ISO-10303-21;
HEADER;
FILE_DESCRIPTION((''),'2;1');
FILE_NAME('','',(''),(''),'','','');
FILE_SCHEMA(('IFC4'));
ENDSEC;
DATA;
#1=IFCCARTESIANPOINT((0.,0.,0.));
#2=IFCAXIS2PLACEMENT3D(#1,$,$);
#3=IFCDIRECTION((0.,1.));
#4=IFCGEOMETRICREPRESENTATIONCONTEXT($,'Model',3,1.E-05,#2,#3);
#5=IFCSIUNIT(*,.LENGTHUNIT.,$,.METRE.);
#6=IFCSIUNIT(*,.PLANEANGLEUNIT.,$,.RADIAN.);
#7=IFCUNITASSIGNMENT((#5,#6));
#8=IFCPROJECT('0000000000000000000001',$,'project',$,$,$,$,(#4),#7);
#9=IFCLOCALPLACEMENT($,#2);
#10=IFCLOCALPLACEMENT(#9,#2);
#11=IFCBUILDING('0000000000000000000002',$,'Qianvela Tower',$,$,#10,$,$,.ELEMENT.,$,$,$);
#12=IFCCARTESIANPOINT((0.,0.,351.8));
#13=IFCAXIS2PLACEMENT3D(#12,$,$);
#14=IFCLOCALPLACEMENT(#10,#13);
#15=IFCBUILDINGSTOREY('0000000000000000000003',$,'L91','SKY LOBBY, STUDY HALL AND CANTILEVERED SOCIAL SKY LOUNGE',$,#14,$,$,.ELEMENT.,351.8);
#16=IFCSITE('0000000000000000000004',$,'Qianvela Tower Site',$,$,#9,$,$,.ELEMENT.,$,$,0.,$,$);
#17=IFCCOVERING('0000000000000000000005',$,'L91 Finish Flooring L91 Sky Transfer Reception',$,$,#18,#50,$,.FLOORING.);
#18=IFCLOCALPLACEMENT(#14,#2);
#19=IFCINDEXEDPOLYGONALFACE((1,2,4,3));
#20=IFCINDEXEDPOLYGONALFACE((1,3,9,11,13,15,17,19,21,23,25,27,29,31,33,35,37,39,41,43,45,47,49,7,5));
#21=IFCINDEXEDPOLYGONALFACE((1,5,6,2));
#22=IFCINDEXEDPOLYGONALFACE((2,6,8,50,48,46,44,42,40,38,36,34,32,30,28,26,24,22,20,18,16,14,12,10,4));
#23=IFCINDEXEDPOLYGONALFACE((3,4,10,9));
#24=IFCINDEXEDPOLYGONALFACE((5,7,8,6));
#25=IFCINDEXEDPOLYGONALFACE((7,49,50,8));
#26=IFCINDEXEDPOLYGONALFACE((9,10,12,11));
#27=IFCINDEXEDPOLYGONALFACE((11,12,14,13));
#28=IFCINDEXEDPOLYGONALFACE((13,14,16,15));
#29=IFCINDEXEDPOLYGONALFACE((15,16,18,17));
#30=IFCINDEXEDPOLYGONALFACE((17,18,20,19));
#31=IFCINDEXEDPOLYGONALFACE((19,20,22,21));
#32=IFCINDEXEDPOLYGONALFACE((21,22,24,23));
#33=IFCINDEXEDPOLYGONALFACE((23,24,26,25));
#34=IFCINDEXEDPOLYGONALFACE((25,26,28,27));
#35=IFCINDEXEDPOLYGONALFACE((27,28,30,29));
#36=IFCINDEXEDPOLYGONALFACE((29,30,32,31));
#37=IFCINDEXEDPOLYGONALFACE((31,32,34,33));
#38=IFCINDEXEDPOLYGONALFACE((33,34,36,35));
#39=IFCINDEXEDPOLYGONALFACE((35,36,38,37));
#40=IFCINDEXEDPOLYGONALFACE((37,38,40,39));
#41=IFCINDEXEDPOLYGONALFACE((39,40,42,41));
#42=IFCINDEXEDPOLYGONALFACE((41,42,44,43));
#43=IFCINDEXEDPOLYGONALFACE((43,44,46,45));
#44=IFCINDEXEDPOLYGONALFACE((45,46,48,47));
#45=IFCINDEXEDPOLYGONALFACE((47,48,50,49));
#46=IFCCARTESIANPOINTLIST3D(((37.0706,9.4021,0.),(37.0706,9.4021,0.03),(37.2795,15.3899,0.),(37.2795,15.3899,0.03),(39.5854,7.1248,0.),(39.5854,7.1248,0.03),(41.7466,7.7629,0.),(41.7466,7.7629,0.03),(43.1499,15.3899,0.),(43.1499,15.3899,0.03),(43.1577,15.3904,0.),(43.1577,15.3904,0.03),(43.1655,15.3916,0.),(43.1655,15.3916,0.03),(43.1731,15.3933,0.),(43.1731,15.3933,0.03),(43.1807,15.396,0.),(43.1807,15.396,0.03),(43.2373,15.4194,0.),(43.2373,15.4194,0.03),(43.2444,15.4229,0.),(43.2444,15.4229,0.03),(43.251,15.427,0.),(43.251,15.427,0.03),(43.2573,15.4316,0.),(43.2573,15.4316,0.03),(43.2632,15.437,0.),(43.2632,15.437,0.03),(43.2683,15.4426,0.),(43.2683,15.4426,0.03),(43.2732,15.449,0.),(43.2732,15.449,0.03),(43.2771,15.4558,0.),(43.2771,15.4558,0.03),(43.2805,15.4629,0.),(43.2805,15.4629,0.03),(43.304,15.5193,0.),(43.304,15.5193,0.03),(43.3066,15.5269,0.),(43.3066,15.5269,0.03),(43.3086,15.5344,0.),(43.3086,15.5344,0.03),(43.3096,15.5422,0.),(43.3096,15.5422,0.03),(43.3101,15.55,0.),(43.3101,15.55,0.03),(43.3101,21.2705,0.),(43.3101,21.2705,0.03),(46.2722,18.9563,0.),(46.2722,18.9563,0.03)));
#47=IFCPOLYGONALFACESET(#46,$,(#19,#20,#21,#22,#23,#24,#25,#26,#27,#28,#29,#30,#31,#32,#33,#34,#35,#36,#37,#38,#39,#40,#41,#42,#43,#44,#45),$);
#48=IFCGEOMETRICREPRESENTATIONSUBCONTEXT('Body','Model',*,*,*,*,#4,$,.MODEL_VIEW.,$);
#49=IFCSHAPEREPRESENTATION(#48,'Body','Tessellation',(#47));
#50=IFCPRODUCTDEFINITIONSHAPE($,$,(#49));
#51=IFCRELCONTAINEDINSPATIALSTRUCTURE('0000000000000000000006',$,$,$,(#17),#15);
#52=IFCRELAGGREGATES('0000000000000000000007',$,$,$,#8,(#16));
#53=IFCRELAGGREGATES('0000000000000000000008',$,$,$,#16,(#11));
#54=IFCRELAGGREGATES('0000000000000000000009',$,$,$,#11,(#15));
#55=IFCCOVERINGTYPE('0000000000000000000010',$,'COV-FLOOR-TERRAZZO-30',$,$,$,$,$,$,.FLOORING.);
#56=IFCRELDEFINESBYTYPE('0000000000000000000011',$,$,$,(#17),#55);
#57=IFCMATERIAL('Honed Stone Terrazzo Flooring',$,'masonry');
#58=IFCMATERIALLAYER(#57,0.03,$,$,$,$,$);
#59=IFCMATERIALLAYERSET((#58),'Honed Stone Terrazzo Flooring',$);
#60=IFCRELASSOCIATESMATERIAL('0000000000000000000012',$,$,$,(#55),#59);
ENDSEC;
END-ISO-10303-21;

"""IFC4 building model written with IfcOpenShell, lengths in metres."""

from ifc_helpers import new_model, si_unit, direction, frame, origin, place, context, subcontext, project, spatial, polyline, outline, extrude, material, layer, layer_set, type_object, element, save


model = new_model("IFC4")

# Units and contexts
model_context = context("Model", 3, precision=1e-05, world=origin(), true_north=direction((0.0, 1.0)))
body_context = subcontext(model_context, "Body", "Model", "MODEL_VIEW")
ifc_project = project(units=[si_unit("LENGTHUNIT", "METRE"), si_unit("PLANEANGLEUNIT", "RADIAN")], contexts=[model_context])

# Site, building, storey
site_placement = place(None, origin())
site = spatial("IfcSite", under=ifc_project, at=site_placement, Name="Qianvela Tower Site", CompositionType="ELEMENT", RefElevation=0.0)
building_placement = place(site_placement, origin())
building = spatial("IfcBuilding", under=site, at=building_placement, Name="Qianvela Tower", CompositionType="ELEMENT")
storey_placement = place(building_placement, frame((0.0, 0.0, 351.8)))
storey = spatial("IfcBuildingStorey", under=building, at=storey_placement, Name="L91", Description="SKY LOBBY, STUDY HALL AND CANTILEVERED SOCIAL SKY LOUNGE", CompositionType="ELEMENT", Elevation=351.8)

# Covering
ifc_material_1 = material(Name="Honed Stone Terrazzo Flooring", Category="masonry")
ifc_layer_1 = layer(ifc_material_1, 0.03)
ifc_layer_set_1 = layer_set([ifc_layer_1], Name="Honed Stone Terrazzo Flooring")
covering_type_1 = type_object("IfcCoveringType", Name="COV-FLOOR-TERRAZZO-30", PredefinedType="FLOORING", material=ifc_layer_set_1)
covering_1_placement = place(storey_placement, origin())
element("IfcCovering", 1, at=covering_1_placement, inside=storey, type_object=covering_type_1, Name="L91 Finish Flooring L91 Sky Transfer Reception", PredefinedType="FLOORING", context=body_context, shape_type="SweptSolid", body=[
    extrude(outline(polyline([(37.2795, 15.3899), (43.1499, 15.3899), (43.1577, 15.3904), (43.1655, 15.3916), (43.1731, 15.3933), (43.1807, 15.396), (43.2373, 15.4194), (43.2444, 15.4229), (43.251, 15.427), (43.2573, 15.4316), (43.2632, 15.437), (43.2683, 15.4426), (43.2732, 15.449), (43.2771, 15.4558), (43.2805, 15.4629), (43.304, 15.5193), (43.3066, 15.5269), (43.3086, 15.5344), (43.3096, 15.5422), (43.3101, 15.55), (43.3101, 21.2705), (46.2722, 18.9563), (41.7466, 7.7629), (39.5854, 7.1248), (37.0706, 9.4021), (37.2795, 15.3899)])), origin(), (0.0, 0.0, 1.0), 0.03),
])

save(model, "model.ifc")
